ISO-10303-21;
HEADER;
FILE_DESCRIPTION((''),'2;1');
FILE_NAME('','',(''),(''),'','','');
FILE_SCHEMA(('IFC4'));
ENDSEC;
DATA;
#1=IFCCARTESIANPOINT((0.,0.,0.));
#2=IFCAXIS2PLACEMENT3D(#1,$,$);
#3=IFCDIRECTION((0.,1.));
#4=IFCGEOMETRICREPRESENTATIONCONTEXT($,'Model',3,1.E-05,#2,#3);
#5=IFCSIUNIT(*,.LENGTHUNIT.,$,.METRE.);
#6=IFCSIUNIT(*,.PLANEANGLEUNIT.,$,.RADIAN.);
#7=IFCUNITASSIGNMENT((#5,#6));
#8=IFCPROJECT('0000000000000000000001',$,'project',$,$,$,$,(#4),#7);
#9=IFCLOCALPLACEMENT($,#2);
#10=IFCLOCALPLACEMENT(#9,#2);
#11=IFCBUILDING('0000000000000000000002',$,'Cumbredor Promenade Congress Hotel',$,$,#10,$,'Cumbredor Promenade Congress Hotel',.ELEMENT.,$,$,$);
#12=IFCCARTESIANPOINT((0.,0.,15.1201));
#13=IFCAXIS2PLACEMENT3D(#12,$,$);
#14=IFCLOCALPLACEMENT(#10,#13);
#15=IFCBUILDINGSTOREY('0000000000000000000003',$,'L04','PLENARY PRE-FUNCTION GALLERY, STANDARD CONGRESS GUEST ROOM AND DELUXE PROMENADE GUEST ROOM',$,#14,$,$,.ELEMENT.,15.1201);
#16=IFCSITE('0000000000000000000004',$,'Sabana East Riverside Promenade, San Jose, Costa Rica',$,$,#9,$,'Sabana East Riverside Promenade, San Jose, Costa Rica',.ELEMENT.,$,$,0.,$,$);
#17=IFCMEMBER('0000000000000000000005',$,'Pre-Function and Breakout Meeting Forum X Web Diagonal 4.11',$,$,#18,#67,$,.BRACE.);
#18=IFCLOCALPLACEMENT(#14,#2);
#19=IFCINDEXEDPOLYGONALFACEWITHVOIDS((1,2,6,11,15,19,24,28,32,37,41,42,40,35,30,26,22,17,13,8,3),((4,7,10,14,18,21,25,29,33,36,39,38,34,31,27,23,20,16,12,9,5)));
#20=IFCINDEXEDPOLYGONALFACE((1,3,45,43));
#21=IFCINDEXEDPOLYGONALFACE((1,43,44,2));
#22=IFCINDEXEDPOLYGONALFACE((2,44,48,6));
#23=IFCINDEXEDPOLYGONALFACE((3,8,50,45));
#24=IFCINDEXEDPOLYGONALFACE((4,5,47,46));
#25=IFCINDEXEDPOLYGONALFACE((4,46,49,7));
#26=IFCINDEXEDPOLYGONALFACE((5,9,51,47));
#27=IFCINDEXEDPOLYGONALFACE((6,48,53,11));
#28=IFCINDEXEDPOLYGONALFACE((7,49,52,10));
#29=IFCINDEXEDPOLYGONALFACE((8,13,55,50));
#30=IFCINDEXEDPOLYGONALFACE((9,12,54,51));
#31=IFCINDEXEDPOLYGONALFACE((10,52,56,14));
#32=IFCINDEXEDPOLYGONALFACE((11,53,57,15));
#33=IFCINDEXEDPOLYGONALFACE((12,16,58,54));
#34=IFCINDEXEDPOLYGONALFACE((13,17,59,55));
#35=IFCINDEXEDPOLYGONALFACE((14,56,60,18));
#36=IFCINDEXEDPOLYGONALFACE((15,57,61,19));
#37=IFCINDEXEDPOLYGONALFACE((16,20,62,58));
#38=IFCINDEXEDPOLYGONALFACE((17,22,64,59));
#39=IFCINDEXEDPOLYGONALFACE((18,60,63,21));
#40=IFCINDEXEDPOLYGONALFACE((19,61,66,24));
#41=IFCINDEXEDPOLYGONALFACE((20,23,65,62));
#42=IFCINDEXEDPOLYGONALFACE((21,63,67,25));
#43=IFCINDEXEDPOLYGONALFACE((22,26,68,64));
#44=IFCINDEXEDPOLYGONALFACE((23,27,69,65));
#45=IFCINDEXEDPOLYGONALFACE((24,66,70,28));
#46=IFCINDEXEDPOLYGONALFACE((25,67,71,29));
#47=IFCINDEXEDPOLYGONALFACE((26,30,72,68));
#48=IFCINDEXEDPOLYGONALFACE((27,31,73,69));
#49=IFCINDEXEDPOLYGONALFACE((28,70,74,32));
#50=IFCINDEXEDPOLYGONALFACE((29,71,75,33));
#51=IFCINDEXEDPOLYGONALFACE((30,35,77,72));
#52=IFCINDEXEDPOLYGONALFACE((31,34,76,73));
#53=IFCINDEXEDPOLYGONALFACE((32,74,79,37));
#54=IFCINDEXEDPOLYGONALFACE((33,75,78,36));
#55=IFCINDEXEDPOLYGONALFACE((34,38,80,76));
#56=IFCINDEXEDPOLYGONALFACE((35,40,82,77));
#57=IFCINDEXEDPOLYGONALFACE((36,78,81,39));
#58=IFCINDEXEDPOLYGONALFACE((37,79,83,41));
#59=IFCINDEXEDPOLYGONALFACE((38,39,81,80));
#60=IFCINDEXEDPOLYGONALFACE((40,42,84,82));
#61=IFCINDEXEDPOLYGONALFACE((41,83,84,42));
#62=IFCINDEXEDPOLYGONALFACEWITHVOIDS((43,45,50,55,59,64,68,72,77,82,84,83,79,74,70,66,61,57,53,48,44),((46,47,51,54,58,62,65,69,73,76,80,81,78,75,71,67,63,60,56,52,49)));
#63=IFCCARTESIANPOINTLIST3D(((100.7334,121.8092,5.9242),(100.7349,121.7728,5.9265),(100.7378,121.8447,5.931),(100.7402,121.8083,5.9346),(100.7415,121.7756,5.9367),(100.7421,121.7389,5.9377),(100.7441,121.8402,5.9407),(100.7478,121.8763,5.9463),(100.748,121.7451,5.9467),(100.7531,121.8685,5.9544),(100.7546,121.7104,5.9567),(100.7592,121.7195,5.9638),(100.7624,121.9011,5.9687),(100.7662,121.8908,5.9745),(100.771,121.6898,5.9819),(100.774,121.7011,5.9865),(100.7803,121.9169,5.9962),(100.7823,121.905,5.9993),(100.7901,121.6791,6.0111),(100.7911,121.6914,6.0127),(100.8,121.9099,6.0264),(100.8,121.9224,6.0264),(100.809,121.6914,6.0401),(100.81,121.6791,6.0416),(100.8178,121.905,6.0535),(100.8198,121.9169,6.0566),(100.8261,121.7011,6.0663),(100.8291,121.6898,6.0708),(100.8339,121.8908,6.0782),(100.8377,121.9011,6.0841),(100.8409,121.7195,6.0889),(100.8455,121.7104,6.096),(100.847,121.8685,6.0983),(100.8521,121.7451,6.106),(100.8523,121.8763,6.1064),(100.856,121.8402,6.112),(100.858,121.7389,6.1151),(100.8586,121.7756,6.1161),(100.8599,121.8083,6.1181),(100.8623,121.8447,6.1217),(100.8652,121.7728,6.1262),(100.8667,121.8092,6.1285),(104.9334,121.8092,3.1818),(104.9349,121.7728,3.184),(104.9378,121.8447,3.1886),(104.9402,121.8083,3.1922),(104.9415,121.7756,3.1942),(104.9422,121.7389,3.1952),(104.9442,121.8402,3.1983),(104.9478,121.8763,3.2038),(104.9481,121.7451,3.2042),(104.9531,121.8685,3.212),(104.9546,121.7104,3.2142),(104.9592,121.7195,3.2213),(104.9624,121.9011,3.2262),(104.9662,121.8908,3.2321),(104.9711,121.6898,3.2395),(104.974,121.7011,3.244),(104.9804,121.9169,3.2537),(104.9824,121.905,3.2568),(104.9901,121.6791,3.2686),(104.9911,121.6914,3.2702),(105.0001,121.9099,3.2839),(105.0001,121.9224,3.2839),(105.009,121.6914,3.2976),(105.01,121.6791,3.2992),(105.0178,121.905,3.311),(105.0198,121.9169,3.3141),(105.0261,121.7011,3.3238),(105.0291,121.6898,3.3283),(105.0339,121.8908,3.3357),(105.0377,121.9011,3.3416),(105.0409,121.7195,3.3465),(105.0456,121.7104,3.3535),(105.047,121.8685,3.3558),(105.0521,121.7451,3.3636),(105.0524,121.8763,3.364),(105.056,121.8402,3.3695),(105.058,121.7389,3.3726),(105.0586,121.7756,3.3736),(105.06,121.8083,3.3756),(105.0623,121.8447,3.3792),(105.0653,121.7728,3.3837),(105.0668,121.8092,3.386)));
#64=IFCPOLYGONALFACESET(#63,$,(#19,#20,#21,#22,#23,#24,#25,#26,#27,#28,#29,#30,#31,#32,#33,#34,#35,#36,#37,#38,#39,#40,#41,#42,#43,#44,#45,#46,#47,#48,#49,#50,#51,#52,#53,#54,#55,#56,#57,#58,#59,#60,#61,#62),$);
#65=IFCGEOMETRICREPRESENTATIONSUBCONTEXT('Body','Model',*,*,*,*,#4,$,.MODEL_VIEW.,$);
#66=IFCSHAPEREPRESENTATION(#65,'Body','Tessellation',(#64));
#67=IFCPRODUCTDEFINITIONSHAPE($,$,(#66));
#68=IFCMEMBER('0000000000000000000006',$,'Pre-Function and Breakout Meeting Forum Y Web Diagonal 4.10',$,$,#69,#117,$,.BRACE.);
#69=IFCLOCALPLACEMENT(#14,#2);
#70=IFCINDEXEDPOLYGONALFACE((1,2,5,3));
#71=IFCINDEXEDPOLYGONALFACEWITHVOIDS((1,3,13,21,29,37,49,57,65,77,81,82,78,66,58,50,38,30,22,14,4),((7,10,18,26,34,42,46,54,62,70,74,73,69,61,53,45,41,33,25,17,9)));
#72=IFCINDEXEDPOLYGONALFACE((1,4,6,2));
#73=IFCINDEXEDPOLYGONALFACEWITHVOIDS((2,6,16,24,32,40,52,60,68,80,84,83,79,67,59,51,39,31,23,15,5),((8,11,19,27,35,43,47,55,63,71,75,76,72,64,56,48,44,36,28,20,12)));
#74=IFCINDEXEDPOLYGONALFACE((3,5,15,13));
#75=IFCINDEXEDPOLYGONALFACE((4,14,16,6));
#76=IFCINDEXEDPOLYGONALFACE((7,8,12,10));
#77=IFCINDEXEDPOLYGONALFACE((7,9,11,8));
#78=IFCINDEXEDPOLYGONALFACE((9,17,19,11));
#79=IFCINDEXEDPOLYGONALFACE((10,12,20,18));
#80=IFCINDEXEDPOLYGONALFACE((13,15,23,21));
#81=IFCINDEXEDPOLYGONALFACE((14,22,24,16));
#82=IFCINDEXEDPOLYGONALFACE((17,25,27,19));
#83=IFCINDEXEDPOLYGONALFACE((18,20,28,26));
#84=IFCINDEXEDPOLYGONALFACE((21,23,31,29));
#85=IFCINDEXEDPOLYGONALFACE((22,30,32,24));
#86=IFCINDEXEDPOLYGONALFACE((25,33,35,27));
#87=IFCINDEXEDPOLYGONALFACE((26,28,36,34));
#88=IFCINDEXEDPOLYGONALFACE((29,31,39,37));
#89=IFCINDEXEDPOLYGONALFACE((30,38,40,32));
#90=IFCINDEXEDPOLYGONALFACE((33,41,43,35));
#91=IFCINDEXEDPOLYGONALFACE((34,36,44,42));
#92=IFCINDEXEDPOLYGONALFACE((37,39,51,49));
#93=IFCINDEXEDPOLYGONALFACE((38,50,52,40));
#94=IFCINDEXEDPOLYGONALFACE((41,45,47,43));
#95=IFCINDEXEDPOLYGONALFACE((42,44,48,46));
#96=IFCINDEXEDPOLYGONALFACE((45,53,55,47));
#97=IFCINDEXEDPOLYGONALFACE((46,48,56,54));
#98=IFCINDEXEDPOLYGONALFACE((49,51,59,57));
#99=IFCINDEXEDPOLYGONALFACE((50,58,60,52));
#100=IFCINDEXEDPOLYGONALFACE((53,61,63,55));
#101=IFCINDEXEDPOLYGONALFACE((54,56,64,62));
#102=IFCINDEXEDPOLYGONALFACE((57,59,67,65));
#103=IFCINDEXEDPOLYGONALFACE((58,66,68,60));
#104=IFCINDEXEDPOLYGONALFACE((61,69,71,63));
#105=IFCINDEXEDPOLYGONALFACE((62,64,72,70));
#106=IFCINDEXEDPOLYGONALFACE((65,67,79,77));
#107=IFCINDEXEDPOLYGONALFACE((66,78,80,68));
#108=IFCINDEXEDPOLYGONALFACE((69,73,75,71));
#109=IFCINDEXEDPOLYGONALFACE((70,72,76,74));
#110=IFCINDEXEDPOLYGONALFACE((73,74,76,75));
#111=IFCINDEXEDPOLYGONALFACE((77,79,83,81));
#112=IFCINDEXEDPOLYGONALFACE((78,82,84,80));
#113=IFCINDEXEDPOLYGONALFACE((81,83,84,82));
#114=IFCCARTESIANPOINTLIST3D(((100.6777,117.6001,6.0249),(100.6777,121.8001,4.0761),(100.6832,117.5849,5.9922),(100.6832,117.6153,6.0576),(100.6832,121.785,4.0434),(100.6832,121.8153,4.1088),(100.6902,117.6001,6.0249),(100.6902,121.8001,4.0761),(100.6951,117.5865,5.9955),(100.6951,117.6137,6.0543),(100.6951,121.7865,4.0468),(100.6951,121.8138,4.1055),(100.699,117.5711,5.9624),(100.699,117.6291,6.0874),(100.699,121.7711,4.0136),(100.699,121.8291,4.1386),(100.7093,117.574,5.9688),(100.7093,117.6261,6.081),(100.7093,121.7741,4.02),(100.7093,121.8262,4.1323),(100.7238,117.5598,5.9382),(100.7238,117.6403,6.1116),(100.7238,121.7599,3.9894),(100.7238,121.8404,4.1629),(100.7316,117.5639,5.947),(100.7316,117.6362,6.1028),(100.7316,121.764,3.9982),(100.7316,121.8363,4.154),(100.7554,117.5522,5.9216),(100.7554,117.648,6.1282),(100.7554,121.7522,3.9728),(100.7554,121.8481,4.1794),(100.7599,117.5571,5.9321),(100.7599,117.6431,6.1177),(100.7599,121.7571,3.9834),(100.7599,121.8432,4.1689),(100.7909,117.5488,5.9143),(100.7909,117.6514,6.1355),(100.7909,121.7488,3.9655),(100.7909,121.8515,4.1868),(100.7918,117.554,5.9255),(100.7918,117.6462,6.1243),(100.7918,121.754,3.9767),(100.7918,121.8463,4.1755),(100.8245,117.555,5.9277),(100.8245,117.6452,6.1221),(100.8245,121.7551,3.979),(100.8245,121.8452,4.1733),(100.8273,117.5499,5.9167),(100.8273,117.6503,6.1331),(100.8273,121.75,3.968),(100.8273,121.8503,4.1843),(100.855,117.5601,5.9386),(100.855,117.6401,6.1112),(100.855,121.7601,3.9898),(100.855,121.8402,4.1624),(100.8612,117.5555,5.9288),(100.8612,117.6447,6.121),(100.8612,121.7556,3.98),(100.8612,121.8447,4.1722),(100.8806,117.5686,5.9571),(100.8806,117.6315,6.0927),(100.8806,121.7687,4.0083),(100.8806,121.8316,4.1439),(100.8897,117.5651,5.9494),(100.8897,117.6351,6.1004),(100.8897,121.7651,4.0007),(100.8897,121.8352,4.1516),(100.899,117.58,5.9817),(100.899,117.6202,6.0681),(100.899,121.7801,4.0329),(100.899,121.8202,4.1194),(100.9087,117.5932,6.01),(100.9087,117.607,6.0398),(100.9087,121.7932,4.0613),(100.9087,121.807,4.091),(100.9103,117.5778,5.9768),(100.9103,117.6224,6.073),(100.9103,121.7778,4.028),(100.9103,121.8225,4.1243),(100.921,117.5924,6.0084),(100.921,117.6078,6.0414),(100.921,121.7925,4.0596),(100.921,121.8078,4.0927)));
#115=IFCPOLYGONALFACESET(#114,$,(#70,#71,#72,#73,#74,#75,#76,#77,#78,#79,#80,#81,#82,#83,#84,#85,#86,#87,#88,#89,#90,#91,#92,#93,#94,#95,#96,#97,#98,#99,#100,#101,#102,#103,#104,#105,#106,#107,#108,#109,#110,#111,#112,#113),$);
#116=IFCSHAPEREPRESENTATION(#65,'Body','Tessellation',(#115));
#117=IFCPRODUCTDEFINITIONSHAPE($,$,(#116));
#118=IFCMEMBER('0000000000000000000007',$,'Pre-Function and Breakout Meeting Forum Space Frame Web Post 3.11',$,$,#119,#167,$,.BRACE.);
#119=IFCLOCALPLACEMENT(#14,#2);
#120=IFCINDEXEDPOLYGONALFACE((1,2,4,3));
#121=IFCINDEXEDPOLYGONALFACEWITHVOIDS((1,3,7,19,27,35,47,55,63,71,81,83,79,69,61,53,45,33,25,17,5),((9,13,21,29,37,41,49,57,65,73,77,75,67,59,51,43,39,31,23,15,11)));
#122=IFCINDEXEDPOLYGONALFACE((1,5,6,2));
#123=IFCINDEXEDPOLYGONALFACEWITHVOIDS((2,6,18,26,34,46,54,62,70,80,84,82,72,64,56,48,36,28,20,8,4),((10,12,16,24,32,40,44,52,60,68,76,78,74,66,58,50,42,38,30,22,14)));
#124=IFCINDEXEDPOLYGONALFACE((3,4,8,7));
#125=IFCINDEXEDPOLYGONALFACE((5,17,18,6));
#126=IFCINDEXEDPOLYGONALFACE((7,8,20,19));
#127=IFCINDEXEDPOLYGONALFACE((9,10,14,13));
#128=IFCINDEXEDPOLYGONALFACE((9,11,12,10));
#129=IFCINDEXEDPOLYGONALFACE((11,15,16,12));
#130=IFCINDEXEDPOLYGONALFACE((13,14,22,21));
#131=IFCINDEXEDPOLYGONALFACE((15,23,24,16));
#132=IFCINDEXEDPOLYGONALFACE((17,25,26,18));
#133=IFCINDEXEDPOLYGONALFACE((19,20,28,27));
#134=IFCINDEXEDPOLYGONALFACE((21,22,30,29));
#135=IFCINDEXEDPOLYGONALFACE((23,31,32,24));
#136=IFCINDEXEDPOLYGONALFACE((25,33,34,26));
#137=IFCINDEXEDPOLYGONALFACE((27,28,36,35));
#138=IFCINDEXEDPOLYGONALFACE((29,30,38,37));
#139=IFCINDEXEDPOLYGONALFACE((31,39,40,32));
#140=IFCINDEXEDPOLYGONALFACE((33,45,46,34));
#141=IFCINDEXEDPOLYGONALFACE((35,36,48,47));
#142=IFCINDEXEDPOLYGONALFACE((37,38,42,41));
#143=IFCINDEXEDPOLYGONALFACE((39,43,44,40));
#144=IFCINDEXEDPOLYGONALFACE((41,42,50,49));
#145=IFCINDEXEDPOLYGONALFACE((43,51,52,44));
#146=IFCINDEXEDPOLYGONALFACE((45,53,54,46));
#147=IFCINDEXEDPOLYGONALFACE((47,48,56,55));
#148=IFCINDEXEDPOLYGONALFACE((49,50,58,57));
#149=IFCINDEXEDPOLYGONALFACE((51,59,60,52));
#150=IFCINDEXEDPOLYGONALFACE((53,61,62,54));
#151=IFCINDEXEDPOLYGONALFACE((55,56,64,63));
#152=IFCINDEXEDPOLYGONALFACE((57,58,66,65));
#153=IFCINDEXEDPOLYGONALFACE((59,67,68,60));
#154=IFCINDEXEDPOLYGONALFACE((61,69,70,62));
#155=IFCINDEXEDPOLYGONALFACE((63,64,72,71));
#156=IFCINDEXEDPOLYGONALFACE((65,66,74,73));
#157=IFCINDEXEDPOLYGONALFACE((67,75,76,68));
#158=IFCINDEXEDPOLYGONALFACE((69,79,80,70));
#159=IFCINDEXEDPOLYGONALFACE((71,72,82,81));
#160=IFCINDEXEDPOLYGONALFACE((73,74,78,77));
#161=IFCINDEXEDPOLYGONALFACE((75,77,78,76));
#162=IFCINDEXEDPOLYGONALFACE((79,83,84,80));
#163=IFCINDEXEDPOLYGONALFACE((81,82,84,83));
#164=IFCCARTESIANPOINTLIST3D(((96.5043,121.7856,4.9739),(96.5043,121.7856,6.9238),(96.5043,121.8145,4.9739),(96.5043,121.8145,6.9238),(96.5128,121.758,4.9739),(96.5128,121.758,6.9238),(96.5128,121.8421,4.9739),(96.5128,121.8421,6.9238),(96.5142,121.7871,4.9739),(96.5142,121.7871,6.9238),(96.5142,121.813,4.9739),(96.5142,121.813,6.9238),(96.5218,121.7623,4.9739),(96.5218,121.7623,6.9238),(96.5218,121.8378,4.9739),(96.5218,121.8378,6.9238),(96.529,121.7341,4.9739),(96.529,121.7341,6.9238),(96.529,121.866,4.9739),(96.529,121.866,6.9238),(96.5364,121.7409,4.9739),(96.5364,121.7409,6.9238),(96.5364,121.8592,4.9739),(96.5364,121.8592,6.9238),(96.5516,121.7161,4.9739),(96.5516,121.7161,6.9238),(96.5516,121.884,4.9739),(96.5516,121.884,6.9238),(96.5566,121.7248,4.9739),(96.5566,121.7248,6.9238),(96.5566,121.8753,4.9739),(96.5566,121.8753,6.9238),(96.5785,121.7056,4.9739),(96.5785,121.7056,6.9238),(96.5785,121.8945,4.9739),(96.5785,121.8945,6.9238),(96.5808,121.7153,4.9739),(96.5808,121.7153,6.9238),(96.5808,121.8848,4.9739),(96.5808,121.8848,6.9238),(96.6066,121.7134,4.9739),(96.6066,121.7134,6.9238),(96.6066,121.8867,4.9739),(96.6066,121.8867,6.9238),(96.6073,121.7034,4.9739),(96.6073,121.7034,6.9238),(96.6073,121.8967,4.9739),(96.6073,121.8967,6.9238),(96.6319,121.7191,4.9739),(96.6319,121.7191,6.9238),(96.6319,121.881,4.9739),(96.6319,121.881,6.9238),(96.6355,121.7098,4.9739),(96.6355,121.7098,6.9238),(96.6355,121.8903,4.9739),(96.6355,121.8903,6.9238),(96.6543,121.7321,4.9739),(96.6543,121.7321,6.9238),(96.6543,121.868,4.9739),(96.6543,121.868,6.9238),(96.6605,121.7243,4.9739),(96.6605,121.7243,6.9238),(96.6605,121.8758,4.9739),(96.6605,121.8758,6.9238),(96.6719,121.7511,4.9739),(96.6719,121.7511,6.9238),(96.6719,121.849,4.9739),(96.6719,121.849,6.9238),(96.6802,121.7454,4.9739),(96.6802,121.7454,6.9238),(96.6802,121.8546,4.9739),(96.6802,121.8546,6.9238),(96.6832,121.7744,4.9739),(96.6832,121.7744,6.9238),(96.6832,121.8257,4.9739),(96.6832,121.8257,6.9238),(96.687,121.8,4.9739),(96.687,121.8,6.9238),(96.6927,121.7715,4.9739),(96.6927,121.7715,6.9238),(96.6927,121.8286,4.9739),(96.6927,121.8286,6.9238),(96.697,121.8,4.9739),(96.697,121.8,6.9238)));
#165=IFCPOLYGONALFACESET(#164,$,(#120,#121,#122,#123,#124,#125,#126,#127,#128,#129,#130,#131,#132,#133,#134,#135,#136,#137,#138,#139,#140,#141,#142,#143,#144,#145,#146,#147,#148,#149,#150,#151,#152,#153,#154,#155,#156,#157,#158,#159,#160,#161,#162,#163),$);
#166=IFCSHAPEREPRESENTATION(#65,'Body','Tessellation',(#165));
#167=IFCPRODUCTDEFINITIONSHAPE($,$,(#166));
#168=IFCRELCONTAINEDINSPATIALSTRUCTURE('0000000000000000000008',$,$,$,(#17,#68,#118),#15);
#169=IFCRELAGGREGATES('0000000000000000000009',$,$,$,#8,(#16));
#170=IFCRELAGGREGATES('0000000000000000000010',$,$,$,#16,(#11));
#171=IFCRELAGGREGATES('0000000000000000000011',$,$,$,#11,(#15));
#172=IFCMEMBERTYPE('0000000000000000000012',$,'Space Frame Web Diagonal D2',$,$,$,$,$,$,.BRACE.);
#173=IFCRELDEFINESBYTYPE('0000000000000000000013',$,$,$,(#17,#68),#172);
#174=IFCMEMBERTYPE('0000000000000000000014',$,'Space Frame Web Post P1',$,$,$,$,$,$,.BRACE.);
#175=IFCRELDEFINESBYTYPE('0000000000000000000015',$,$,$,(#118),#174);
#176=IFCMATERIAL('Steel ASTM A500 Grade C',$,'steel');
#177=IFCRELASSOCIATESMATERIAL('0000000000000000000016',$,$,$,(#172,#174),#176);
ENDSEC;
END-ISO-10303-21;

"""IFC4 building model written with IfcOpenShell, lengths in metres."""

from ifc_helpers import new_model, si_unit, direction, frame, origin, origin_2d, place, context, subcontext, project, spatial, hollow_circle, extrude, material, material_profile, profile_set, type_object, element, save


model = new_model("IFC4")

# Units and contexts
model_context = context("Model", 3, precision=1e-05, world=origin(), true_north=direction((0.0, 1.0)))
body_context = subcontext(model_context, "Body", "Model", "MODEL_VIEW")
ifc_project = project(units=[si_unit("LENGTHUNIT", "METRE"), si_unit("PLANEANGLEUNIT", "RADIAN")], contexts=[model_context])

# Site, building, storey
site_placement = place(None, origin())
site = spatial("IfcSite", under=ifc_project, at=site_placement, Name="Sabana East Riverside Promenade, San Jose, Costa Rica", LongName="Sabana East Riverside Promenade, San Jose, Costa Rica", CompositionType="ELEMENT", RefElevation=0.0)
building_placement = place(site_placement, origin())
building = spatial("IfcBuilding", under=site, at=building_placement, Name="Cumbredor Promenade Congress Hotel", LongName="Cumbredor Promenade Congress Hotel", CompositionType="ELEMENT")
storey_placement = place(building_placement, frame((0.0, 0.0, 15.1201)))
storey = spatial("IfcBuildingStorey", under=building, at=storey_placement, Name="L04", Description="PLENARY PRE-FUNCTION GALLERY, STANDARD CONGRESS GUEST ROOM AND DELUXE PROMENADE GUEST ROOM", CompositionType="ELEMENT", Elevation=15.1201)

# Members
ifc_material_1 = material(Name="Steel ASTM A500 Grade C", Category="steel")
ifc_material_profile_1 = material_profile(ifc_material_1, hollow_circle(Radius=0.1223, WallThickness=0.0125, at=origin_2d()), Name="CHS 244.5x12.5")
ifc_profile_set_1 = profile_set([ifc_material_profile_1], Name="Steel ASTM A500 Grade C")
member_type_1 = type_object("IfcMemberType", Name="Space Frame Web Diagonal D2", PredefinedType="BRACE", material=ifc_profile_set_1)
member_1_placement = place(storey_placement, frame((100.8, 121.8, 6.0264), z_axis=(0.837306, 0.0, -0.546734), x_axis=(0.0, 1.0, 0.0)))
element("IfcMember", 1, at=member_1_placement, inside=storey, type_object=member_type_1, Name="Pre-Function and Breakout Meeting Forum X Web Diagonal 4.11", PredefinedType="BRACE", context=body_context, shape_type="SweptSolid", body=[
    extrude(hollow_circle(Radius=0.1223, WallThickness=0.0125, at=origin_2d()), origin(), (0.0, 0.0, 1.0), 5.0161),
])
member_2_placement = place(storey_placement, frame((100.8, 117.6001, 6.0249), z_axis=(0.0, 0.907112, -0.42089), x_axis=(-1.0, 0.0, 0.0)))
element("IfcMember", 2, at=member_2_placement, inside=storey, type_object=member_type_1, Name="Pre-Function and Breakout Meeting Forum Y Web Diagonal 4.10", PredefinedType="BRACE", context=body_context, shape_type="SweptSolid", body=[
    extrude(hollow_circle(Radius=0.1223, WallThickness=0.0125, at=origin_2d()), origin(), (0.0, 0.0, 1.0), 4.6301),
])
ifc_material_profile_2 = material_profile(ifc_material_1, hollow_circle(Radius=0.0969, WallThickness=0.01, at=origin_2d()), Name="CHS 193.7x10")
ifc_profile_set_2 = profile_set([ifc_material_profile_2], Name="Steel ASTM A500 Grade C")
member_type_2 = type_object("IfcMemberType", Name="Space Frame Web Post P1", PredefinedType="BRACE", material=ifc_profile_set_2)
member_3_placement = place(storey_placement, frame((96.6001, 121.8, 4.9739), z_axis=(0.0, 0.0, 1.0), x_axis=(1.0, 0.0, 0.0)))
element("IfcMember", 3, at=member_3_placement, inside=storey, type_object=member_type_2, Name="Pre-Function and Breakout Meeting Forum Space Frame Web Post 3.11", PredefinedType="BRACE", context=body_context, shape_type="SweptSolid", body=[
    extrude(hollow_circle(Radius=0.0969, WallThickness=0.01, at=origin_2d()), origin(), (0.0, 0.0, 1.0), 1.95),
])

save(model, "model.ifc")
